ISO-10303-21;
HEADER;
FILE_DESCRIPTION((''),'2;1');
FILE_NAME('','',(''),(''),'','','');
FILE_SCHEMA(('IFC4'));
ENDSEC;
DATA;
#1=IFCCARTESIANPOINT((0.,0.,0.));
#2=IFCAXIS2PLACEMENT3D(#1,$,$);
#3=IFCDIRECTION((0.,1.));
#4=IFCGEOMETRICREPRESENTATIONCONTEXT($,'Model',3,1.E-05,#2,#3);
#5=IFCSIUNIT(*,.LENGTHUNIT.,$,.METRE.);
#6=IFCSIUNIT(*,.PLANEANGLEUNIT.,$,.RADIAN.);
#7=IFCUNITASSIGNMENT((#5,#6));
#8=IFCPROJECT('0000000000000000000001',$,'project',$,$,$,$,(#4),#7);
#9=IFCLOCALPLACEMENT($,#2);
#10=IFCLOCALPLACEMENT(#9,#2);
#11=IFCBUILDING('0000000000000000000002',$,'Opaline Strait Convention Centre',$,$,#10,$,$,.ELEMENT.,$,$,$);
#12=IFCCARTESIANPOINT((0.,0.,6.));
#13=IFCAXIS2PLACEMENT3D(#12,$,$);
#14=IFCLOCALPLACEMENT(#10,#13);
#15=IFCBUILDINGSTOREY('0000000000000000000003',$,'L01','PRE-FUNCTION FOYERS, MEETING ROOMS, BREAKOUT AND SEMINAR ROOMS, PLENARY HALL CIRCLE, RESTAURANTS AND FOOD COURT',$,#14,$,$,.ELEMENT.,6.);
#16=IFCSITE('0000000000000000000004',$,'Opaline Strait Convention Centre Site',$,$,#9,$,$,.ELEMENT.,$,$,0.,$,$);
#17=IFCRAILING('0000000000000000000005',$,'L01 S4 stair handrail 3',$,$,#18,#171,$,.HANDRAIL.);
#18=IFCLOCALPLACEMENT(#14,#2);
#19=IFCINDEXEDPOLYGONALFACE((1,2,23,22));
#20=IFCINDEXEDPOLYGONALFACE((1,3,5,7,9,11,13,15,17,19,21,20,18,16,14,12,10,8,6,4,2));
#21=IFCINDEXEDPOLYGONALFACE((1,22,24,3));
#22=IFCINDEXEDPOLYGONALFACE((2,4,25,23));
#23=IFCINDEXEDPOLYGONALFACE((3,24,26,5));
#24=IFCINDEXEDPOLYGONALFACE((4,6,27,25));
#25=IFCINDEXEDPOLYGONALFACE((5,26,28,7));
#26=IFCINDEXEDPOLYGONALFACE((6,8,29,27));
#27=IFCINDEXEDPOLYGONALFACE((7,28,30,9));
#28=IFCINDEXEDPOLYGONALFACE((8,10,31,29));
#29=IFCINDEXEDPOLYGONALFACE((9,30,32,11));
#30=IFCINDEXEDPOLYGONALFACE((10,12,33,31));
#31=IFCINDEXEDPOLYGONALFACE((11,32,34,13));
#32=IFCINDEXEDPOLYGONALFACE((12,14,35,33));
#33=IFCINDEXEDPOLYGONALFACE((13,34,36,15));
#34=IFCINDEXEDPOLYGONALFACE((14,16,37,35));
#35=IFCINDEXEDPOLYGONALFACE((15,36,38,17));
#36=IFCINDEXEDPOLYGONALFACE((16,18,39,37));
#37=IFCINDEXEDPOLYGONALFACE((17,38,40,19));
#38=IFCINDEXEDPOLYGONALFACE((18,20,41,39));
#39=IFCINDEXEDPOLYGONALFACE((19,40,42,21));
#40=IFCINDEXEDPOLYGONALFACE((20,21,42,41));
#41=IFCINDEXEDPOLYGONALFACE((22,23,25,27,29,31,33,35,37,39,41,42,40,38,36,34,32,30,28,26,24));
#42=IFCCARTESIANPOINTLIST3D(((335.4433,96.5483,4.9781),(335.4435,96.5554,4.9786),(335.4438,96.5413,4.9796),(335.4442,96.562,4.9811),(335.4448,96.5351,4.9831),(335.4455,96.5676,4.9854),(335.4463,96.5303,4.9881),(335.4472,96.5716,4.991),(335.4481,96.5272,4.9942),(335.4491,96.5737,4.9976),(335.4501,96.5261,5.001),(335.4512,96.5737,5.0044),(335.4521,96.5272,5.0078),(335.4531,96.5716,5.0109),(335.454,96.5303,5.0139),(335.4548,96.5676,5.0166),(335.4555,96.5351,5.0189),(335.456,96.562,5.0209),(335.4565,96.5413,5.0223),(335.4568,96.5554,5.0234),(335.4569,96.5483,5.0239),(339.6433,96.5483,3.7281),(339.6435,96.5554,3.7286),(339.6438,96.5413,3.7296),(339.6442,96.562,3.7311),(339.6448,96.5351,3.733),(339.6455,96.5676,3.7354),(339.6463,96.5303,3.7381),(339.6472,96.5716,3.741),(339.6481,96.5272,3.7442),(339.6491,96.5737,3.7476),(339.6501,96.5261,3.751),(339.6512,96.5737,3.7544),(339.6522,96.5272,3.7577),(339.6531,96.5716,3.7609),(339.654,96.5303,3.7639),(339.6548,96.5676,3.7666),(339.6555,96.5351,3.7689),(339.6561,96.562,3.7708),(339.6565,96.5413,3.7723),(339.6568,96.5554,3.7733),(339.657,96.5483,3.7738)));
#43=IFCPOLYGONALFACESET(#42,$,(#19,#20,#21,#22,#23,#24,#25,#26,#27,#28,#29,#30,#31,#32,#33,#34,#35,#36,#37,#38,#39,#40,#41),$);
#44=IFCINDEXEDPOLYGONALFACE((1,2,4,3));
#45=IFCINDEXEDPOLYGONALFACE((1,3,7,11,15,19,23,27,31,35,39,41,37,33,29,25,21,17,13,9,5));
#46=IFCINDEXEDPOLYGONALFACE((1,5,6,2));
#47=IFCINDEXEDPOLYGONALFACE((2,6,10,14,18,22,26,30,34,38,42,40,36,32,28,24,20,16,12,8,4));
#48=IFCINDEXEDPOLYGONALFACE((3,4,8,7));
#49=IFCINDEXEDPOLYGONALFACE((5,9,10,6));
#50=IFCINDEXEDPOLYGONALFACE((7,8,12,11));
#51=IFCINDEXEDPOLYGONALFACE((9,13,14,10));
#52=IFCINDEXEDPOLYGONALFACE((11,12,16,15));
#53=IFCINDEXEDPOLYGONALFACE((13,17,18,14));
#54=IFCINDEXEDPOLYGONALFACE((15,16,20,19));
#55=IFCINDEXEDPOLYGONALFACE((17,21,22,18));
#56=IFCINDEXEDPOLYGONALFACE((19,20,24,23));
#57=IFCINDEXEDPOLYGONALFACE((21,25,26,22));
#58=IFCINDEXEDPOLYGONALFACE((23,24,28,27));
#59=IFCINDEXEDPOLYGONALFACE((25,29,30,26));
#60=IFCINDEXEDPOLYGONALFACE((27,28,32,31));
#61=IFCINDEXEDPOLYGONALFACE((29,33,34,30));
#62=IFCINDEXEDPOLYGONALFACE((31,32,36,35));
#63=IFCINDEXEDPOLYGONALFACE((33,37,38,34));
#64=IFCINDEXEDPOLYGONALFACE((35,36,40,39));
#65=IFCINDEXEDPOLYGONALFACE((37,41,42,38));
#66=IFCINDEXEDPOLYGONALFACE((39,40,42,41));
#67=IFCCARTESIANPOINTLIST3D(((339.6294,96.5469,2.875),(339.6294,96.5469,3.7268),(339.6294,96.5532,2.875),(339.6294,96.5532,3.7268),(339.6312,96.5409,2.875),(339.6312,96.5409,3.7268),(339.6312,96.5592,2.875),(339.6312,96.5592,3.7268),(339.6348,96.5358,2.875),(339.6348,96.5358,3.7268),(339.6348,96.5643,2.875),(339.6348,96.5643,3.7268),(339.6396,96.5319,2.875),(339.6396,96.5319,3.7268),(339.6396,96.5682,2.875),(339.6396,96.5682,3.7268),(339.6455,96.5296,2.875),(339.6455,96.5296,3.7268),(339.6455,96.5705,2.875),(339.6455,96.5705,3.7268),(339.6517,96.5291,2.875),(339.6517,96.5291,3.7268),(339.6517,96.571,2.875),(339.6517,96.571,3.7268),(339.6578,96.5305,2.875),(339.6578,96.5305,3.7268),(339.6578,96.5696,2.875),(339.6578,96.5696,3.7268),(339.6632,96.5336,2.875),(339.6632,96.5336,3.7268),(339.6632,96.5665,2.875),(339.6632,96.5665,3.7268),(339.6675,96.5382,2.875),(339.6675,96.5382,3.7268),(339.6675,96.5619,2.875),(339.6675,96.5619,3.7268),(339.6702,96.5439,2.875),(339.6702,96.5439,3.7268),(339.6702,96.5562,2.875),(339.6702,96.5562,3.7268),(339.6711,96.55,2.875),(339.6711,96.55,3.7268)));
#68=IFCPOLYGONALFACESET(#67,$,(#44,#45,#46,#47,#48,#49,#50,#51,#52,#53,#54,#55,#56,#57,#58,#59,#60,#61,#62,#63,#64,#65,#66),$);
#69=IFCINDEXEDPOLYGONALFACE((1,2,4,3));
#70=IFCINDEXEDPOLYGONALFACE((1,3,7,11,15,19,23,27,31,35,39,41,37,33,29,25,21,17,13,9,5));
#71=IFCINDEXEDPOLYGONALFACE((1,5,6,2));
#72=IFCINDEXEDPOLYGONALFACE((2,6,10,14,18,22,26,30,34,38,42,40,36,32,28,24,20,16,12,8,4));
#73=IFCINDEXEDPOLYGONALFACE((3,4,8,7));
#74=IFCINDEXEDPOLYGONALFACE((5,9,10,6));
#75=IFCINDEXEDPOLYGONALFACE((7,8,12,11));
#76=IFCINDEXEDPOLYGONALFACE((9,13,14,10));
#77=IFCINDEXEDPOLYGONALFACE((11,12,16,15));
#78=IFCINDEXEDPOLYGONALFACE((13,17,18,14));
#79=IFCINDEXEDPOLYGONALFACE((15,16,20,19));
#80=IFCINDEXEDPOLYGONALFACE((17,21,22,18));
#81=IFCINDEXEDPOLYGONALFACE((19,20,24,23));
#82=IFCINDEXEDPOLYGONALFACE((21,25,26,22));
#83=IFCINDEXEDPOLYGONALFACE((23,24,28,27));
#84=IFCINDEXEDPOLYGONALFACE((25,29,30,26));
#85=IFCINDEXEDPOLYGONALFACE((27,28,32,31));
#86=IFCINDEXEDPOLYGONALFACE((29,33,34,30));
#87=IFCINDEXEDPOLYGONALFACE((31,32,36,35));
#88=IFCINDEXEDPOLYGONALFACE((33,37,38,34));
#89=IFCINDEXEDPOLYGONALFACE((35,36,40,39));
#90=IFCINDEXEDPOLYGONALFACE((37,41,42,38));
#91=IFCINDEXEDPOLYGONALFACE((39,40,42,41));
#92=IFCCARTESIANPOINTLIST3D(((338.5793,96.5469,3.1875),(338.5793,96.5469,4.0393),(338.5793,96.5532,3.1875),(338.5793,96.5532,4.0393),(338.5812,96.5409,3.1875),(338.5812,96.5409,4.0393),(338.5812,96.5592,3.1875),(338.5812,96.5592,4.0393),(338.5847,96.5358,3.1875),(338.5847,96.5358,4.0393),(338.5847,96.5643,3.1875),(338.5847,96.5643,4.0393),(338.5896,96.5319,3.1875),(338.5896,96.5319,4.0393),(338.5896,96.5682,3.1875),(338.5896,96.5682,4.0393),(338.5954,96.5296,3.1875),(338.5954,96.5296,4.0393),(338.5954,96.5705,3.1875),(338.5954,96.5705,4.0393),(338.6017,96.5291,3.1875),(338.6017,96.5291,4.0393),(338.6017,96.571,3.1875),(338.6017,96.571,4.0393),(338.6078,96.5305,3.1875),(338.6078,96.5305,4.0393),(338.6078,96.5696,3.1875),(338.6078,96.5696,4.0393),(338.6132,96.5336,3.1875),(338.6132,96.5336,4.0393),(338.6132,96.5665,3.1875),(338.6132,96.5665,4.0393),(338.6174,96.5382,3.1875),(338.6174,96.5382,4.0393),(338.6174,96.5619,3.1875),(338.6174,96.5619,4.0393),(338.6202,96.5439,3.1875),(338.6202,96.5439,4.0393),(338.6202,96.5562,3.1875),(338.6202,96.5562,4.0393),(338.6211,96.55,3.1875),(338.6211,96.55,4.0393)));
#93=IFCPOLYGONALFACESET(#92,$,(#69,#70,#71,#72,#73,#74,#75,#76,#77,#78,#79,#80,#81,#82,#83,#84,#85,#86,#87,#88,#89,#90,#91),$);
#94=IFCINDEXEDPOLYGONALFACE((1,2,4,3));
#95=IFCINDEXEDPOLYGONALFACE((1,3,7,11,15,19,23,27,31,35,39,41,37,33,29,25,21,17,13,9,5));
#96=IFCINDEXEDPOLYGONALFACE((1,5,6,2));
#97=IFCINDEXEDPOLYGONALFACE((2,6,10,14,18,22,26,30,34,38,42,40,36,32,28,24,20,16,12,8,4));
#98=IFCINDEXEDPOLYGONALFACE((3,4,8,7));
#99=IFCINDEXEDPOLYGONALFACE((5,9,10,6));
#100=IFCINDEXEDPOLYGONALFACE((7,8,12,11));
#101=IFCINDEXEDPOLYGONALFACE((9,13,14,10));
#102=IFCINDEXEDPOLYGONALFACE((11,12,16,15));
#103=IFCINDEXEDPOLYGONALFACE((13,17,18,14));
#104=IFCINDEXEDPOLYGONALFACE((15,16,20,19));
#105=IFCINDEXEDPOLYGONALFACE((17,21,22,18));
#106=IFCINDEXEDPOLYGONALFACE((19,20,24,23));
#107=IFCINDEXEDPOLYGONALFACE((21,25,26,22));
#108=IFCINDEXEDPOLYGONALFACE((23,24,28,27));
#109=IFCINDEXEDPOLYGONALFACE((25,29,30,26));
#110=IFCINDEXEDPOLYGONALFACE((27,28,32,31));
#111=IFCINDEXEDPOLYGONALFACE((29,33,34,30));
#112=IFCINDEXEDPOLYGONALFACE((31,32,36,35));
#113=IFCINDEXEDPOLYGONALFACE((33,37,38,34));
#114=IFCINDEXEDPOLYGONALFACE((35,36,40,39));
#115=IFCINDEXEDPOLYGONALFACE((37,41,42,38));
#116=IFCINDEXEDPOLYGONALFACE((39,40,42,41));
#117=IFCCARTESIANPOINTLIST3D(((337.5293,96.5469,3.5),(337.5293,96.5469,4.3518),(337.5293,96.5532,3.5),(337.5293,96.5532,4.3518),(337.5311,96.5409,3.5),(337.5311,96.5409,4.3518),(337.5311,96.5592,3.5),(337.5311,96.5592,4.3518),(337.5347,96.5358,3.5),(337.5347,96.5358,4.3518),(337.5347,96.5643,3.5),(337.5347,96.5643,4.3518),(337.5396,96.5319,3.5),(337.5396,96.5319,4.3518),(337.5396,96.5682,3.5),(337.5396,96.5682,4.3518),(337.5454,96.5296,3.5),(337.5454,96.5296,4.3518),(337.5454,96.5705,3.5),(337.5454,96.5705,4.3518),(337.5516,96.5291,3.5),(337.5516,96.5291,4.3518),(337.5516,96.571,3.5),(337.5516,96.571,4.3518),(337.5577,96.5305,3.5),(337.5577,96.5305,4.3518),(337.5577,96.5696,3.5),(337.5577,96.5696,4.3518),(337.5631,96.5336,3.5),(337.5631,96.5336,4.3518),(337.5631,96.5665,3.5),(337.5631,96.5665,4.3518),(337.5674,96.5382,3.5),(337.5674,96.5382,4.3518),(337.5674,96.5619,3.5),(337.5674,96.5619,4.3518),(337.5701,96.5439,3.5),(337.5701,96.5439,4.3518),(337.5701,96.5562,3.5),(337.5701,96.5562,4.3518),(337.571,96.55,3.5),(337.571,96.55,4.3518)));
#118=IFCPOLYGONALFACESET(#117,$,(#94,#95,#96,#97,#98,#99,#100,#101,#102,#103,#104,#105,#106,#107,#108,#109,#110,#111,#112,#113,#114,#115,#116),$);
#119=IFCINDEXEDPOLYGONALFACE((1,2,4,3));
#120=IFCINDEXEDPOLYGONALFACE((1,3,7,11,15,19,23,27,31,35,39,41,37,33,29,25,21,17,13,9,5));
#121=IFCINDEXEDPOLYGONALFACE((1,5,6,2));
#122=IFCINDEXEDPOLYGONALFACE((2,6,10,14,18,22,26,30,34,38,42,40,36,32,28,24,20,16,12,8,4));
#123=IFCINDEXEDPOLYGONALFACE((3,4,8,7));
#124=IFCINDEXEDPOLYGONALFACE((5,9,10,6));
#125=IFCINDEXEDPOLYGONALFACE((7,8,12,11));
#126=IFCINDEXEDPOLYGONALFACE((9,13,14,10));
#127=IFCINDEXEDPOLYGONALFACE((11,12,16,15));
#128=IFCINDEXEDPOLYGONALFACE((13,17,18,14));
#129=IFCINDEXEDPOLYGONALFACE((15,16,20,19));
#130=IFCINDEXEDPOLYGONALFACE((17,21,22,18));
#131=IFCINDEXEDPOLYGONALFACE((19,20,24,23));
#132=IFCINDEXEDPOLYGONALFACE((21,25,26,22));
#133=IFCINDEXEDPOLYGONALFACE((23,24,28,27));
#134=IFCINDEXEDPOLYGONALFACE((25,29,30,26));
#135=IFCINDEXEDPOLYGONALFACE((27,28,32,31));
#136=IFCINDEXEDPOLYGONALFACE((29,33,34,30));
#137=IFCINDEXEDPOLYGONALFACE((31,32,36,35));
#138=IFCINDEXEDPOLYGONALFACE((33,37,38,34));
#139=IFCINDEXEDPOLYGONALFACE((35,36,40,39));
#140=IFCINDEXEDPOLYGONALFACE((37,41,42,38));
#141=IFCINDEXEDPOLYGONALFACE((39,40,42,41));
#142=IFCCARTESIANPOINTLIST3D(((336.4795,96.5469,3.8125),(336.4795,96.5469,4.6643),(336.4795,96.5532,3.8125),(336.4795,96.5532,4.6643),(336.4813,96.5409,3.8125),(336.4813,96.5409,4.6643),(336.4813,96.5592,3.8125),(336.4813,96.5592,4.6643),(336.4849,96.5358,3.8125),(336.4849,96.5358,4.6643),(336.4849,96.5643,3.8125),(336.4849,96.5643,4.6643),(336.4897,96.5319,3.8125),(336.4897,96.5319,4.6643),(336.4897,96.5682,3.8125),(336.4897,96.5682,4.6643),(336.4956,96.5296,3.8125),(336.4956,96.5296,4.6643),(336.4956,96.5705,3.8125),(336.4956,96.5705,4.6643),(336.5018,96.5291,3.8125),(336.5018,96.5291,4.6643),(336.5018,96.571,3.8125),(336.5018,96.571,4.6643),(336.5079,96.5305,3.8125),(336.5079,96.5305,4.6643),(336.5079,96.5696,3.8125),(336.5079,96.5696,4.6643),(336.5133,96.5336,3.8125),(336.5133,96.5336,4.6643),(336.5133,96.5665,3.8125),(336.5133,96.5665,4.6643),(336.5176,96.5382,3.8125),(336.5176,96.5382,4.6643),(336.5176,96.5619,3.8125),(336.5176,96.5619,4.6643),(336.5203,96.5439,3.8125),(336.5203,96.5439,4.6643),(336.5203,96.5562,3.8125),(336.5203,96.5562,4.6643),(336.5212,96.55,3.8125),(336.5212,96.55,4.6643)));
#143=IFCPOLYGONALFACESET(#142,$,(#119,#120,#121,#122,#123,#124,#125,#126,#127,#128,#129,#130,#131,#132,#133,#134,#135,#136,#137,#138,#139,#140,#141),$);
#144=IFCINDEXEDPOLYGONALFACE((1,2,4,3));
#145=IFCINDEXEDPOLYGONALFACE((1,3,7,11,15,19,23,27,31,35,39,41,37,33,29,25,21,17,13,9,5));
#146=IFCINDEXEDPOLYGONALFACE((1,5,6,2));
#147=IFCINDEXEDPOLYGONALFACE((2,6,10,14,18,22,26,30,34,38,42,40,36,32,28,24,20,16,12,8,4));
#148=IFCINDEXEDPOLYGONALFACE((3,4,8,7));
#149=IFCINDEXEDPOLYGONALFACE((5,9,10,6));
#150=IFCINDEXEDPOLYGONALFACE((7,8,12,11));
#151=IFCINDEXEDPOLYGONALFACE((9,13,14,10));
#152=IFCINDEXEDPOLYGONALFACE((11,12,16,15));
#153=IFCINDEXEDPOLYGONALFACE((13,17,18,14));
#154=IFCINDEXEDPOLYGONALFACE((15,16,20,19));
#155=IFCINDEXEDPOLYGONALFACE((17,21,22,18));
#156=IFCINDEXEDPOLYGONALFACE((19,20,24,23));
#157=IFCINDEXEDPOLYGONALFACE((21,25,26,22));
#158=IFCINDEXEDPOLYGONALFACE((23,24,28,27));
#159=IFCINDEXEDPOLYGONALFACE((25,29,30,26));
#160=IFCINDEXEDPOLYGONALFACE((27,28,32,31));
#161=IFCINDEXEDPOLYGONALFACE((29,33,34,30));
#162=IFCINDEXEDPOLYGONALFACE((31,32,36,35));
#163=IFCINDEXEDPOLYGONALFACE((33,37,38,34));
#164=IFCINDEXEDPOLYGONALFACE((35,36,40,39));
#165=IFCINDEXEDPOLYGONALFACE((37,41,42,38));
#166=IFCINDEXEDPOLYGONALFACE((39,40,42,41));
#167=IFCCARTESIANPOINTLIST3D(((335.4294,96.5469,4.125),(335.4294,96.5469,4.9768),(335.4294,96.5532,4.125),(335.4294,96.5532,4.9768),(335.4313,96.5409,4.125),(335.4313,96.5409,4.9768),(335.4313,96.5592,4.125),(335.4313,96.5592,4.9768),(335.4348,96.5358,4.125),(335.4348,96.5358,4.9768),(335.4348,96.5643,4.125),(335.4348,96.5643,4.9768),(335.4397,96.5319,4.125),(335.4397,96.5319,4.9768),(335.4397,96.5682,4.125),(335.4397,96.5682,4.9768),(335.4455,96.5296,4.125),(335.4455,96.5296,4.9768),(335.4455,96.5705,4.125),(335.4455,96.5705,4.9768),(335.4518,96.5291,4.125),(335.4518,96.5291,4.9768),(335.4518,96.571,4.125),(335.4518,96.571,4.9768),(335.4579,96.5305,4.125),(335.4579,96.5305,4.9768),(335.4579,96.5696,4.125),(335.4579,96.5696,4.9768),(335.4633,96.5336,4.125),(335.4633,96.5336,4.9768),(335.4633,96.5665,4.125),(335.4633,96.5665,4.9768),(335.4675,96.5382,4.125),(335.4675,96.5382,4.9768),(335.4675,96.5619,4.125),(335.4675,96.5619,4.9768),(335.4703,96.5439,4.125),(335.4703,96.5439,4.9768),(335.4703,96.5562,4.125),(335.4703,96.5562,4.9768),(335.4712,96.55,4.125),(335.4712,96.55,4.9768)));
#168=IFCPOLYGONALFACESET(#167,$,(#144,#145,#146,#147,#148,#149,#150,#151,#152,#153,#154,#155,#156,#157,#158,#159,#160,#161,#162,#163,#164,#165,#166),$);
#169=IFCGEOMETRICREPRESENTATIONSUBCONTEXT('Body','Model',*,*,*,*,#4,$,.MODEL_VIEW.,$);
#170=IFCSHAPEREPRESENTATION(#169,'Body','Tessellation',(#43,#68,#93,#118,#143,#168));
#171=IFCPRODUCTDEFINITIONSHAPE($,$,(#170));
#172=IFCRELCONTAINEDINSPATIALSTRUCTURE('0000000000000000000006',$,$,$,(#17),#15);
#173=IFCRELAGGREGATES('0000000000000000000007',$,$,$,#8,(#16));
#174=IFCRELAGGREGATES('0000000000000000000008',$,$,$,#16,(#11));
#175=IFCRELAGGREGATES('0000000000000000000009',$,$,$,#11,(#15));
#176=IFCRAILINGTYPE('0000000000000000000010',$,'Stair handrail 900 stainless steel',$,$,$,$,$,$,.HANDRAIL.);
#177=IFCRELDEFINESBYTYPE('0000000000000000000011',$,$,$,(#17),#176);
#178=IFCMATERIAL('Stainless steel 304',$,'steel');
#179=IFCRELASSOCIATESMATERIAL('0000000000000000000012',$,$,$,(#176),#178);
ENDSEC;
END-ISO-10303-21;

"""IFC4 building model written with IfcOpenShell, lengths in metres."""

from ifc_helpers import new_model, si_unit, direction, frame, origin, origin_2d, place, context, subcontext, project, spatial, circle, extrude, material, type_object, element, save


model = new_model("IFC4")

# Units and contexts
model_context = context("Model", 3, precision=1e-05, world=origin(), true_north=direction((0.0, 1.0)))
body_context = subcontext(model_context, "Body", "Model", "MODEL_VIEW")
ifc_project = project(units=[si_unit("LENGTHUNIT", "METRE"), si_unit("PLANEANGLEUNIT", "RADIAN")], contexts=[model_context])

# Site, building, storey
site_placement = place(None, origin())
site = spatial("IfcSite", under=ifc_project, at=site_placement, Name="Opaline Strait Convention Centre Site", CompositionType="ELEMENT", RefElevation=0.0)
building_placement = place(site_placement, origin())
building = spatial("IfcBuilding", under=site, at=building_placement, Name="Opaline Strait Convention Centre", CompositionType="ELEMENT")
storey_placement = place(building_placement, frame((0.0, 0.0, 6.0)))
storey = spatial("IfcBuildingStorey", under=building, at=storey_placement, Name="L01", Description="PRE-FUNCTION FOYERS, MEETING ROOMS, BREAKOUT AND SEMINAR ROOMS, PLENARY HALL CIRCLE, RESTAURANTS AND FOOD COURT", CompositionType="ELEMENT", Elevation=6.0)

# Railing
ifc_material_1 = material(Name="Stainless steel 304", Category="steel")
railing_type = type_object("IfcRailingType", Name="Stair handrail 900 stainless steel", PredefinedType="HANDRAIL", material=ifc_material_1)
for number, where, name in (
    (1, (339.6501, 96.55, 2.875), "L01 S4 stair handrail 3"),
):
    element("IfcRailing", number, at=place(storey_placement, frame(where)), inside=storey, type_object=railing_type, Name=name, PredefinedType="HANDRAIL", context=body_context, shape_type="SweptSolid", body=[
        extrude(circle(Radius=0.0239, at=origin_2d()), frame((0.0, 0.0, 0.876), z_axis=(-0.958451, 0.0, 0.285257), x_axis=(0.0, -1.0, 0.0)), (0.0, 0.0, 1.0), 4.3821),
        extrude(circle(Radius=0.021, at=origin_2d()), origin(), (0.0, 0.0, 1.0), 0.8518),
        extrude(circle(Radius=0.021, at=origin_2d()), frame((-1.05, 0.0, 0.3125)), (0.0, 0.0, 1.0), 0.8518),
        extrude(circle(Radius=0.021, at=origin_2d()), frame((-2.1001, 0.0, 0.625)), (0.0, 0.0, 1.0), 0.8518),
        extrude(circle(Radius=0.021, at=origin_2d()), frame((-3.1499, 0.0, 0.9375)), (0.0, 0.0, 1.0), 0.8518),
        extrude(circle(Radius=0.021, at=origin_2d()), frame((-4.2, 0.0, 1.25)), (0.0, 0.0, 1.0), 0.8518),
    ])

save(model, "model.ifc")
